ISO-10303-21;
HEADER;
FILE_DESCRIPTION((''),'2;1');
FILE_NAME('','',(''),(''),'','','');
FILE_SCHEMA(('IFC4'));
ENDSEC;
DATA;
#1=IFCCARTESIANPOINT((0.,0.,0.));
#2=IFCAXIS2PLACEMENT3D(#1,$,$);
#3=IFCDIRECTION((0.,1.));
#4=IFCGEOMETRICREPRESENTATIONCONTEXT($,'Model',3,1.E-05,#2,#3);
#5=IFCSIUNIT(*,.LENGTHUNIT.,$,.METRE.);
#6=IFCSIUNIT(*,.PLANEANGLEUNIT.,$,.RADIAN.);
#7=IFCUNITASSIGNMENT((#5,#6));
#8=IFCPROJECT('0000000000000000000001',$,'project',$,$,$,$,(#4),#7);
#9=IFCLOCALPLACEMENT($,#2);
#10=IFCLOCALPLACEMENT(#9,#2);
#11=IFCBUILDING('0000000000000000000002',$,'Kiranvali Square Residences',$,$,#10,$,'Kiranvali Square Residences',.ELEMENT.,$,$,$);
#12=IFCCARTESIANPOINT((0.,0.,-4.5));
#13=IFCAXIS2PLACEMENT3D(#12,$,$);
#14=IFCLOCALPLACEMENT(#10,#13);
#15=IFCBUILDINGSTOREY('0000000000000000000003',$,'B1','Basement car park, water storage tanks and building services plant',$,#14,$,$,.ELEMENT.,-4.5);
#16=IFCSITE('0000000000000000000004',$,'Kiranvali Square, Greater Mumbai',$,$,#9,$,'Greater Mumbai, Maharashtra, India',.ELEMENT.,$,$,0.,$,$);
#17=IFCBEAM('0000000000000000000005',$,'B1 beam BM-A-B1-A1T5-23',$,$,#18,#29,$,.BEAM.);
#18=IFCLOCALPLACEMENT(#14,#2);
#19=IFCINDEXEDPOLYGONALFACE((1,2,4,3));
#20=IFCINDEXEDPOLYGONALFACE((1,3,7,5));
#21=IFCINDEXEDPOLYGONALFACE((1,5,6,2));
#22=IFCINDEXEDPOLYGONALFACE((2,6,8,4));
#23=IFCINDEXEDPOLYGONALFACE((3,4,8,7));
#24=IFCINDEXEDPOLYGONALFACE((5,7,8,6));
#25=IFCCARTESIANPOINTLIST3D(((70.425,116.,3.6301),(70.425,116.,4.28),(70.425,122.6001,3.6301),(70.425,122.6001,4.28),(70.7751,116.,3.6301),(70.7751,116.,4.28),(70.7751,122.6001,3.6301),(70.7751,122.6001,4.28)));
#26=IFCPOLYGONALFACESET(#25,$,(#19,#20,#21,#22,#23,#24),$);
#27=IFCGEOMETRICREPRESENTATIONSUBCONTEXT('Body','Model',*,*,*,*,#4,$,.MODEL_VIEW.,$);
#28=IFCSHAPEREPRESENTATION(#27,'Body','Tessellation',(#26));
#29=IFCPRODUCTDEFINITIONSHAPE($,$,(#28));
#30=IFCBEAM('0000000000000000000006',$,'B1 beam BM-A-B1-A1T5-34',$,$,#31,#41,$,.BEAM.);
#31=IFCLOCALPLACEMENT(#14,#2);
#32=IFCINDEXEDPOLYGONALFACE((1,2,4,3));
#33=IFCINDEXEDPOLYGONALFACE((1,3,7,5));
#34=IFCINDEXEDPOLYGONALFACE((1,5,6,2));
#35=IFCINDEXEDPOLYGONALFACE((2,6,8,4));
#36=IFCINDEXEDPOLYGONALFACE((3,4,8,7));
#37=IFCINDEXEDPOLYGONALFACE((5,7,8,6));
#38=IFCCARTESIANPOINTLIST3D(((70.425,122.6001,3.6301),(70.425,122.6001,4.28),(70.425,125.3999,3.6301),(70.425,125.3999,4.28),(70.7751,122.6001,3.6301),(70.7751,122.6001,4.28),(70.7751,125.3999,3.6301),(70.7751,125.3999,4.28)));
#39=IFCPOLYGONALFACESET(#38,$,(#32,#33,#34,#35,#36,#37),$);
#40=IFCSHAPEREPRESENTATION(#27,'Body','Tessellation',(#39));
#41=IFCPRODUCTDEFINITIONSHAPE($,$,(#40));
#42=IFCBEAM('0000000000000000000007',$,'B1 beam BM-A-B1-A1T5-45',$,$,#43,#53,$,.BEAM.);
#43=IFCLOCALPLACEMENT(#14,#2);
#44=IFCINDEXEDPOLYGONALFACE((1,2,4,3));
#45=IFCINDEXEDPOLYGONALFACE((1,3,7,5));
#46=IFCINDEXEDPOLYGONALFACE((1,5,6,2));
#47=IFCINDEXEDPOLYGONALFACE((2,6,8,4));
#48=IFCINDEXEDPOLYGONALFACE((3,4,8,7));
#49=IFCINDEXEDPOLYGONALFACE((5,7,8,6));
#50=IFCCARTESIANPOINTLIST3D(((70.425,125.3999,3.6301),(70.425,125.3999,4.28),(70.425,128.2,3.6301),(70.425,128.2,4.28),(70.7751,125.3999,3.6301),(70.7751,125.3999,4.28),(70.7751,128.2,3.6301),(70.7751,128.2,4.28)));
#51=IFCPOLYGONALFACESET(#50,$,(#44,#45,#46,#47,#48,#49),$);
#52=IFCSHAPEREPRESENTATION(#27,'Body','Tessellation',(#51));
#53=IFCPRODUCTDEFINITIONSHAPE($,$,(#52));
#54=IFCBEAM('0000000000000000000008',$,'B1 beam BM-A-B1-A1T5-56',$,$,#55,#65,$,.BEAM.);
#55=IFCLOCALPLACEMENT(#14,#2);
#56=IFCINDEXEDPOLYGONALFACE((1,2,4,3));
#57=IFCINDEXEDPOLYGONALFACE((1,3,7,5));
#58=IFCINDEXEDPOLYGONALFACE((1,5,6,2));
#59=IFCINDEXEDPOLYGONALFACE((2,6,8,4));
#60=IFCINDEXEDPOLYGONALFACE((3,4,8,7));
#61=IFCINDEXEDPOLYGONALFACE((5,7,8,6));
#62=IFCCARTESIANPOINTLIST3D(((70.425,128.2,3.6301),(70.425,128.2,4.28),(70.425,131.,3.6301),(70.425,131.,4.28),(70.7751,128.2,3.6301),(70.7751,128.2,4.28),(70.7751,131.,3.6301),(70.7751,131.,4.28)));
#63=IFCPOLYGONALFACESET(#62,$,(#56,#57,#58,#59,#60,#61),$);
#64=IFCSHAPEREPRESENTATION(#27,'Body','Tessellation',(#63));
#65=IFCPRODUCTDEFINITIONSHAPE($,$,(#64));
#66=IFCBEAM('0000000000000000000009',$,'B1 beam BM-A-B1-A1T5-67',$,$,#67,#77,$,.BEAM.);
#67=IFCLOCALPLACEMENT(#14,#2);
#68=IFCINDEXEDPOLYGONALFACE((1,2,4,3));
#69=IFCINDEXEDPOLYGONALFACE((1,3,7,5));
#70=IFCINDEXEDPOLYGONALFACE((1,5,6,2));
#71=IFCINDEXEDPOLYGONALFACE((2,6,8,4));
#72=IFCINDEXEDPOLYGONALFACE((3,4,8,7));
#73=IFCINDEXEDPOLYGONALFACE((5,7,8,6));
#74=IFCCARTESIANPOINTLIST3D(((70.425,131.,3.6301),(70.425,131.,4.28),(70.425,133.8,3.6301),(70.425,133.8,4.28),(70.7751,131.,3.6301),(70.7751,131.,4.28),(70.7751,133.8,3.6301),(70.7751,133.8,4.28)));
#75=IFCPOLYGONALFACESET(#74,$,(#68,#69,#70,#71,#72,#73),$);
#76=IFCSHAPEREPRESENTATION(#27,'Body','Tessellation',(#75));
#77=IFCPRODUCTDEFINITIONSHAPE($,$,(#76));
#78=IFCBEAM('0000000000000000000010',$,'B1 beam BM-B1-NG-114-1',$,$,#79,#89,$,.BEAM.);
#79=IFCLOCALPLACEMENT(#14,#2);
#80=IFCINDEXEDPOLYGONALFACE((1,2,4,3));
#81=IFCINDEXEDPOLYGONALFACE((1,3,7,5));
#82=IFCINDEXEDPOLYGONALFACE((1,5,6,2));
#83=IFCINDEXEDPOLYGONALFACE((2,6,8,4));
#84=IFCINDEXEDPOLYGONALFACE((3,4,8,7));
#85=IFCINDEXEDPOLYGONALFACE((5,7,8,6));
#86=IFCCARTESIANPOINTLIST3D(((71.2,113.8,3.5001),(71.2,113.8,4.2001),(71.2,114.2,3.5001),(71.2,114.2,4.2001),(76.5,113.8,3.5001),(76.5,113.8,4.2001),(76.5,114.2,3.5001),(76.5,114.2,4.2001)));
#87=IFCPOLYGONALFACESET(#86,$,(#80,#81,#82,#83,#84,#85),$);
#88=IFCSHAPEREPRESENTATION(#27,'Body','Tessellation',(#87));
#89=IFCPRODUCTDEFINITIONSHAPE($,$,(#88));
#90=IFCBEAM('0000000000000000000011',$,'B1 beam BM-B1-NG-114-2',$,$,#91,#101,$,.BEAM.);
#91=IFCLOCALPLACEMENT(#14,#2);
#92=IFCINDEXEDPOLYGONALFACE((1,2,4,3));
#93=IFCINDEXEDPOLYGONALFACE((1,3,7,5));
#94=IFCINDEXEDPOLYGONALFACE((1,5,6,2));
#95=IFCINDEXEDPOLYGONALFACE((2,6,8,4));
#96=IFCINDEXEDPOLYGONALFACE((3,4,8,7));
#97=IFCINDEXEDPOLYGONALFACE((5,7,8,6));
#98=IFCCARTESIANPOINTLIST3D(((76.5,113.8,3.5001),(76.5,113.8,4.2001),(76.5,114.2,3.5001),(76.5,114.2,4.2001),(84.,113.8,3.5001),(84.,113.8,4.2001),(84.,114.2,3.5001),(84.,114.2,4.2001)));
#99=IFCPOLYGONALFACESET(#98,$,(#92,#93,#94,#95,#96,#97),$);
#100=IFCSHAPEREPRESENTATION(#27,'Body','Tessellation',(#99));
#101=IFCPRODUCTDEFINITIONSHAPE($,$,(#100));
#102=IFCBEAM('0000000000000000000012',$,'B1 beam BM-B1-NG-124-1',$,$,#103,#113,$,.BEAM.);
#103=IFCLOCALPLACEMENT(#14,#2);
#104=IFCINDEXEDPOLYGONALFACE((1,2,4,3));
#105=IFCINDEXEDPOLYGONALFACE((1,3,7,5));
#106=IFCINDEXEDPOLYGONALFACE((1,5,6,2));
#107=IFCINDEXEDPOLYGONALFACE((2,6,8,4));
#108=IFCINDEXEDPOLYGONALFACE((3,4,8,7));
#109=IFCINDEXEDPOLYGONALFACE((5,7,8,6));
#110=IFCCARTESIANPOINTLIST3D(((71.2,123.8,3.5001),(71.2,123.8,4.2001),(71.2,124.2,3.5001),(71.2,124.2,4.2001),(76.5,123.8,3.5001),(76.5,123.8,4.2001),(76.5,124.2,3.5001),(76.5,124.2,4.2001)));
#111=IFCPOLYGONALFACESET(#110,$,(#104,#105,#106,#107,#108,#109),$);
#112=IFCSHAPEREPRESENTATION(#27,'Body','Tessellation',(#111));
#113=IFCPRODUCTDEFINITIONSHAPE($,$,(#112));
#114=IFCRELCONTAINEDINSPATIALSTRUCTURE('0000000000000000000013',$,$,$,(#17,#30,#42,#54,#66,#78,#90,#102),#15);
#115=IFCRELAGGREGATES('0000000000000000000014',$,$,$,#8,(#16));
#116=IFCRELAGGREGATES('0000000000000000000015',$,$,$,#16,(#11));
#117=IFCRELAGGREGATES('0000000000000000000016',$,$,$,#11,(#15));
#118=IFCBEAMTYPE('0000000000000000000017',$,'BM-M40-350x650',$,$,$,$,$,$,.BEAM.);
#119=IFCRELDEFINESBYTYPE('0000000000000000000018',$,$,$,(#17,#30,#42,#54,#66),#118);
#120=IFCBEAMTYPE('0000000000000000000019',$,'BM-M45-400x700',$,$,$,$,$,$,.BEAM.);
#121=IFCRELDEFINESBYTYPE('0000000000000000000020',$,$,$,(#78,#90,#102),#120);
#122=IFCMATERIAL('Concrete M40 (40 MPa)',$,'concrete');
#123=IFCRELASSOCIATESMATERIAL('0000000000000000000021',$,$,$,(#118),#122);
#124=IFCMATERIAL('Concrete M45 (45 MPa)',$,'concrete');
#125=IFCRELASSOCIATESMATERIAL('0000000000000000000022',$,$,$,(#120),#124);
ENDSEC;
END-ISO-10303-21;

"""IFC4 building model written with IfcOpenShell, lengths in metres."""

from ifc_helpers import new_model, si_unit, direction, frame, origin, origin_2d, place, context, subcontext, project, spatial, rectangle, extrude, material, material_profile, profile_set, type_object, element, save


model = new_model("IFC4")

# Units and contexts
model_context = context("Model", 3, precision=1e-05, world=origin(), true_north=direction((0.0, 1.0)))
body_context = subcontext(model_context, "Body", "Model", "MODEL_VIEW")
ifc_project = project(units=[si_unit("LENGTHUNIT", "METRE"), si_unit("PLANEANGLEUNIT", "RADIAN")], contexts=[model_context])

# Site, building, storey
site_placement = place(None, origin())
site = spatial("IfcSite", under=ifc_project, at=site_placement, Name="Kiranvali Square, Greater Mumbai", LongName="Greater Mumbai, Maharashtra, India", CompositionType="ELEMENT", RefElevation=0.0)
building_placement = place(site_placement, origin())
building = spatial("IfcBuilding", under=site, at=building_placement, Name="Kiranvali Square Residences", LongName="Kiranvali Square Residences", CompositionType="ELEMENT")
storey_placement = place(building_placement, frame((0.0, 0.0, -4.5)))
storey = spatial("IfcBuildingStorey", under=building, at=storey_placement, Name="B1", Description="Basement car park, water storage tanks and building services plant", CompositionType="ELEMENT", Elevation=-4.5)

# Shared definitions
ifc_material_1 = material(Name="Concrete M40 (40 MPa)", Category="concrete")

# Shared definitions
ifc_material_2 = material(Name="Concrete M45 (45 MPa)", Category="concrete")

# Beams
ifc_material_profile_1 = material_profile(ifc_material_1, rectangle(XDim=0.3501, YDim=0.6499, at=origin_2d()), Name="RC 350x650")
ifc_profile_set_1 = profile_set([ifc_material_profile_1], Name="Concrete M40 (40 MPa)")
beam_type_1 = type_object("IfcBeamType", Name="BM-M40-350x650", PredefinedType="BEAM", material=ifc_profile_set_1)
beam_1_placement = place(storey_placement, frame((70.6001, 116.0, 3.9551), z_axis=(0.0, 1.0, 0.0), x_axis=(-1.0, 0.0, 0.0)))
element("IfcBeam", 1, at=beam_1_placement, inside=storey, type_object=beam_type_1, Name="B1 beam BM-A-B1-A1T5-23", PredefinedType="BEAM", context=body_context, shape_type="SweptSolid", body=[
    extrude(rectangle(XDim=0.3501, YDim=0.6499, at=origin_2d()), origin(), (0.0, 0.0, 1.0), 6.6001),
])
beam_2_placement = place(storey_placement, frame((70.6001, 122.6001, 3.9551), z_axis=(0.0, 1.0, 0.0), x_axis=(-1.0, 0.0, 0.0)))
element("IfcBeam", 2, at=beam_2_placement, inside=storey, type_object=beam_type_1, Name="B1 beam BM-A-B1-A1T5-34", PredefinedType="BEAM", context=body_context, shape_type="SweptSolid", body=[
    extrude(rectangle(XDim=0.3501, YDim=0.6499, at=origin_2d()), origin(), (0.0, 0.0, 1.0), 2.7998),
])
for number, where, z_axis, x_axis, name in (
    (3, (70.6001, 125.3999, 3.9551), (0.0, 1.0, 0.0), (-1.0, 0.0, 0.0), "B1 beam BM-A-B1-A1T5-45"),
    (4, (70.6001, 128.2, 3.9551), (0.0, 1.0, 0.0), (-1.0, 0.0, 0.0), "B1 beam BM-A-B1-A1T5-56"),
    (5, (70.6001, 131.0, 3.9551), (0.0, 1.0, 0.0), (-1.0, 0.0, 0.0), "B1 beam BM-A-B1-A1T5-67"),
):
    element("IfcBeam", number, at=place(storey_placement, frame(where, z_axis=z_axis, x_axis=x_axis)), inside=storey, type_object=beam_type_1, Name=name, PredefinedType="BEAM", context=body_context, shape_type="SweptSolid", body=[
        extrude(rectangle(XDim=0.3501, YDim=0.6499, at=origin_2d()), origin(), (0.0, 0.0, 1.0), 2.8),
    ])
ifc_material_profile_2 = material_profile(ifc_material_2, rectangle(XDim=0.3999, YDim=0.7, at=origin_2d()), Name="RC 400x700")
ifc_profile_set_2 = profile_set([ifc_material_profile_2], Name="Concrete M45 (45 MPa)")
beam_type_2 = type_object("IfcBeamType", Name="BM-M45-400x700", PredefinedType="BEAM", material=ifc_profile_set_2)
beam_3_placement = place(storey_placement, frame((71.2, 114.0, 3.8501), z_axis=(1.0, 0.0, 0.0), x_axis=(0.0, 1.0, 0.0)))
element("IfcBeam", 6, at=beam_3_placement, inside=storey, type_object=beam_type_2, Name="B1 beam BM-B1-NG-114-1", PredefinedType="BEAM", context=body_context, shape_type="SweptSolid", body=[
    extrude(rectangle(XDim=0.3999, YDim=0.7, at=origin_2d()), origin(), (0.0, 0.0, 1.0), 5.3),
])
beam_4_placement = place(storey_placement, frame((76.5, 114.0, 3.8501), z_axis=(1.0, 0.0, 0.0), x_axis=(0.0, 1.0, 0.0)))
element("IfcBeam", 7, at=beam_4_placement, inside=storey, type_object=beam_type_2, Name="B1 beam BM-B1-NG-114-2", PredefinedType="BEAM", context=body_context, shape_type="SweptSolid", body=[
    extrude(rectangle(XDim=0.3999, YDim=0.7, at=origin_2d()), origin(), (0.0, 0.0, 1.0), 7.5),
])
beam_5_placement = place(storey_placement, frame((71.2, 124.0, 3.8501), z_axis=(1.0, 0.0, 0.0), x_axis=(0.0, 1.0, 0.0)))
element("IfcBeam", 8, at=beam_5_placement, inside=storey, type_object=beam_type_2, Name="B1 beam BM-B1-NG-124-1", PredefinedType="BEAM", context=body_context, shape_type="SweptSolid", body=[
    extrude(rectangle(XDim=0.3999, YDim=0.7, at=origin_2d()), origin(), (0.0, 0.0, 1.0), 5.3),
])

save(model, "model.ifc")
